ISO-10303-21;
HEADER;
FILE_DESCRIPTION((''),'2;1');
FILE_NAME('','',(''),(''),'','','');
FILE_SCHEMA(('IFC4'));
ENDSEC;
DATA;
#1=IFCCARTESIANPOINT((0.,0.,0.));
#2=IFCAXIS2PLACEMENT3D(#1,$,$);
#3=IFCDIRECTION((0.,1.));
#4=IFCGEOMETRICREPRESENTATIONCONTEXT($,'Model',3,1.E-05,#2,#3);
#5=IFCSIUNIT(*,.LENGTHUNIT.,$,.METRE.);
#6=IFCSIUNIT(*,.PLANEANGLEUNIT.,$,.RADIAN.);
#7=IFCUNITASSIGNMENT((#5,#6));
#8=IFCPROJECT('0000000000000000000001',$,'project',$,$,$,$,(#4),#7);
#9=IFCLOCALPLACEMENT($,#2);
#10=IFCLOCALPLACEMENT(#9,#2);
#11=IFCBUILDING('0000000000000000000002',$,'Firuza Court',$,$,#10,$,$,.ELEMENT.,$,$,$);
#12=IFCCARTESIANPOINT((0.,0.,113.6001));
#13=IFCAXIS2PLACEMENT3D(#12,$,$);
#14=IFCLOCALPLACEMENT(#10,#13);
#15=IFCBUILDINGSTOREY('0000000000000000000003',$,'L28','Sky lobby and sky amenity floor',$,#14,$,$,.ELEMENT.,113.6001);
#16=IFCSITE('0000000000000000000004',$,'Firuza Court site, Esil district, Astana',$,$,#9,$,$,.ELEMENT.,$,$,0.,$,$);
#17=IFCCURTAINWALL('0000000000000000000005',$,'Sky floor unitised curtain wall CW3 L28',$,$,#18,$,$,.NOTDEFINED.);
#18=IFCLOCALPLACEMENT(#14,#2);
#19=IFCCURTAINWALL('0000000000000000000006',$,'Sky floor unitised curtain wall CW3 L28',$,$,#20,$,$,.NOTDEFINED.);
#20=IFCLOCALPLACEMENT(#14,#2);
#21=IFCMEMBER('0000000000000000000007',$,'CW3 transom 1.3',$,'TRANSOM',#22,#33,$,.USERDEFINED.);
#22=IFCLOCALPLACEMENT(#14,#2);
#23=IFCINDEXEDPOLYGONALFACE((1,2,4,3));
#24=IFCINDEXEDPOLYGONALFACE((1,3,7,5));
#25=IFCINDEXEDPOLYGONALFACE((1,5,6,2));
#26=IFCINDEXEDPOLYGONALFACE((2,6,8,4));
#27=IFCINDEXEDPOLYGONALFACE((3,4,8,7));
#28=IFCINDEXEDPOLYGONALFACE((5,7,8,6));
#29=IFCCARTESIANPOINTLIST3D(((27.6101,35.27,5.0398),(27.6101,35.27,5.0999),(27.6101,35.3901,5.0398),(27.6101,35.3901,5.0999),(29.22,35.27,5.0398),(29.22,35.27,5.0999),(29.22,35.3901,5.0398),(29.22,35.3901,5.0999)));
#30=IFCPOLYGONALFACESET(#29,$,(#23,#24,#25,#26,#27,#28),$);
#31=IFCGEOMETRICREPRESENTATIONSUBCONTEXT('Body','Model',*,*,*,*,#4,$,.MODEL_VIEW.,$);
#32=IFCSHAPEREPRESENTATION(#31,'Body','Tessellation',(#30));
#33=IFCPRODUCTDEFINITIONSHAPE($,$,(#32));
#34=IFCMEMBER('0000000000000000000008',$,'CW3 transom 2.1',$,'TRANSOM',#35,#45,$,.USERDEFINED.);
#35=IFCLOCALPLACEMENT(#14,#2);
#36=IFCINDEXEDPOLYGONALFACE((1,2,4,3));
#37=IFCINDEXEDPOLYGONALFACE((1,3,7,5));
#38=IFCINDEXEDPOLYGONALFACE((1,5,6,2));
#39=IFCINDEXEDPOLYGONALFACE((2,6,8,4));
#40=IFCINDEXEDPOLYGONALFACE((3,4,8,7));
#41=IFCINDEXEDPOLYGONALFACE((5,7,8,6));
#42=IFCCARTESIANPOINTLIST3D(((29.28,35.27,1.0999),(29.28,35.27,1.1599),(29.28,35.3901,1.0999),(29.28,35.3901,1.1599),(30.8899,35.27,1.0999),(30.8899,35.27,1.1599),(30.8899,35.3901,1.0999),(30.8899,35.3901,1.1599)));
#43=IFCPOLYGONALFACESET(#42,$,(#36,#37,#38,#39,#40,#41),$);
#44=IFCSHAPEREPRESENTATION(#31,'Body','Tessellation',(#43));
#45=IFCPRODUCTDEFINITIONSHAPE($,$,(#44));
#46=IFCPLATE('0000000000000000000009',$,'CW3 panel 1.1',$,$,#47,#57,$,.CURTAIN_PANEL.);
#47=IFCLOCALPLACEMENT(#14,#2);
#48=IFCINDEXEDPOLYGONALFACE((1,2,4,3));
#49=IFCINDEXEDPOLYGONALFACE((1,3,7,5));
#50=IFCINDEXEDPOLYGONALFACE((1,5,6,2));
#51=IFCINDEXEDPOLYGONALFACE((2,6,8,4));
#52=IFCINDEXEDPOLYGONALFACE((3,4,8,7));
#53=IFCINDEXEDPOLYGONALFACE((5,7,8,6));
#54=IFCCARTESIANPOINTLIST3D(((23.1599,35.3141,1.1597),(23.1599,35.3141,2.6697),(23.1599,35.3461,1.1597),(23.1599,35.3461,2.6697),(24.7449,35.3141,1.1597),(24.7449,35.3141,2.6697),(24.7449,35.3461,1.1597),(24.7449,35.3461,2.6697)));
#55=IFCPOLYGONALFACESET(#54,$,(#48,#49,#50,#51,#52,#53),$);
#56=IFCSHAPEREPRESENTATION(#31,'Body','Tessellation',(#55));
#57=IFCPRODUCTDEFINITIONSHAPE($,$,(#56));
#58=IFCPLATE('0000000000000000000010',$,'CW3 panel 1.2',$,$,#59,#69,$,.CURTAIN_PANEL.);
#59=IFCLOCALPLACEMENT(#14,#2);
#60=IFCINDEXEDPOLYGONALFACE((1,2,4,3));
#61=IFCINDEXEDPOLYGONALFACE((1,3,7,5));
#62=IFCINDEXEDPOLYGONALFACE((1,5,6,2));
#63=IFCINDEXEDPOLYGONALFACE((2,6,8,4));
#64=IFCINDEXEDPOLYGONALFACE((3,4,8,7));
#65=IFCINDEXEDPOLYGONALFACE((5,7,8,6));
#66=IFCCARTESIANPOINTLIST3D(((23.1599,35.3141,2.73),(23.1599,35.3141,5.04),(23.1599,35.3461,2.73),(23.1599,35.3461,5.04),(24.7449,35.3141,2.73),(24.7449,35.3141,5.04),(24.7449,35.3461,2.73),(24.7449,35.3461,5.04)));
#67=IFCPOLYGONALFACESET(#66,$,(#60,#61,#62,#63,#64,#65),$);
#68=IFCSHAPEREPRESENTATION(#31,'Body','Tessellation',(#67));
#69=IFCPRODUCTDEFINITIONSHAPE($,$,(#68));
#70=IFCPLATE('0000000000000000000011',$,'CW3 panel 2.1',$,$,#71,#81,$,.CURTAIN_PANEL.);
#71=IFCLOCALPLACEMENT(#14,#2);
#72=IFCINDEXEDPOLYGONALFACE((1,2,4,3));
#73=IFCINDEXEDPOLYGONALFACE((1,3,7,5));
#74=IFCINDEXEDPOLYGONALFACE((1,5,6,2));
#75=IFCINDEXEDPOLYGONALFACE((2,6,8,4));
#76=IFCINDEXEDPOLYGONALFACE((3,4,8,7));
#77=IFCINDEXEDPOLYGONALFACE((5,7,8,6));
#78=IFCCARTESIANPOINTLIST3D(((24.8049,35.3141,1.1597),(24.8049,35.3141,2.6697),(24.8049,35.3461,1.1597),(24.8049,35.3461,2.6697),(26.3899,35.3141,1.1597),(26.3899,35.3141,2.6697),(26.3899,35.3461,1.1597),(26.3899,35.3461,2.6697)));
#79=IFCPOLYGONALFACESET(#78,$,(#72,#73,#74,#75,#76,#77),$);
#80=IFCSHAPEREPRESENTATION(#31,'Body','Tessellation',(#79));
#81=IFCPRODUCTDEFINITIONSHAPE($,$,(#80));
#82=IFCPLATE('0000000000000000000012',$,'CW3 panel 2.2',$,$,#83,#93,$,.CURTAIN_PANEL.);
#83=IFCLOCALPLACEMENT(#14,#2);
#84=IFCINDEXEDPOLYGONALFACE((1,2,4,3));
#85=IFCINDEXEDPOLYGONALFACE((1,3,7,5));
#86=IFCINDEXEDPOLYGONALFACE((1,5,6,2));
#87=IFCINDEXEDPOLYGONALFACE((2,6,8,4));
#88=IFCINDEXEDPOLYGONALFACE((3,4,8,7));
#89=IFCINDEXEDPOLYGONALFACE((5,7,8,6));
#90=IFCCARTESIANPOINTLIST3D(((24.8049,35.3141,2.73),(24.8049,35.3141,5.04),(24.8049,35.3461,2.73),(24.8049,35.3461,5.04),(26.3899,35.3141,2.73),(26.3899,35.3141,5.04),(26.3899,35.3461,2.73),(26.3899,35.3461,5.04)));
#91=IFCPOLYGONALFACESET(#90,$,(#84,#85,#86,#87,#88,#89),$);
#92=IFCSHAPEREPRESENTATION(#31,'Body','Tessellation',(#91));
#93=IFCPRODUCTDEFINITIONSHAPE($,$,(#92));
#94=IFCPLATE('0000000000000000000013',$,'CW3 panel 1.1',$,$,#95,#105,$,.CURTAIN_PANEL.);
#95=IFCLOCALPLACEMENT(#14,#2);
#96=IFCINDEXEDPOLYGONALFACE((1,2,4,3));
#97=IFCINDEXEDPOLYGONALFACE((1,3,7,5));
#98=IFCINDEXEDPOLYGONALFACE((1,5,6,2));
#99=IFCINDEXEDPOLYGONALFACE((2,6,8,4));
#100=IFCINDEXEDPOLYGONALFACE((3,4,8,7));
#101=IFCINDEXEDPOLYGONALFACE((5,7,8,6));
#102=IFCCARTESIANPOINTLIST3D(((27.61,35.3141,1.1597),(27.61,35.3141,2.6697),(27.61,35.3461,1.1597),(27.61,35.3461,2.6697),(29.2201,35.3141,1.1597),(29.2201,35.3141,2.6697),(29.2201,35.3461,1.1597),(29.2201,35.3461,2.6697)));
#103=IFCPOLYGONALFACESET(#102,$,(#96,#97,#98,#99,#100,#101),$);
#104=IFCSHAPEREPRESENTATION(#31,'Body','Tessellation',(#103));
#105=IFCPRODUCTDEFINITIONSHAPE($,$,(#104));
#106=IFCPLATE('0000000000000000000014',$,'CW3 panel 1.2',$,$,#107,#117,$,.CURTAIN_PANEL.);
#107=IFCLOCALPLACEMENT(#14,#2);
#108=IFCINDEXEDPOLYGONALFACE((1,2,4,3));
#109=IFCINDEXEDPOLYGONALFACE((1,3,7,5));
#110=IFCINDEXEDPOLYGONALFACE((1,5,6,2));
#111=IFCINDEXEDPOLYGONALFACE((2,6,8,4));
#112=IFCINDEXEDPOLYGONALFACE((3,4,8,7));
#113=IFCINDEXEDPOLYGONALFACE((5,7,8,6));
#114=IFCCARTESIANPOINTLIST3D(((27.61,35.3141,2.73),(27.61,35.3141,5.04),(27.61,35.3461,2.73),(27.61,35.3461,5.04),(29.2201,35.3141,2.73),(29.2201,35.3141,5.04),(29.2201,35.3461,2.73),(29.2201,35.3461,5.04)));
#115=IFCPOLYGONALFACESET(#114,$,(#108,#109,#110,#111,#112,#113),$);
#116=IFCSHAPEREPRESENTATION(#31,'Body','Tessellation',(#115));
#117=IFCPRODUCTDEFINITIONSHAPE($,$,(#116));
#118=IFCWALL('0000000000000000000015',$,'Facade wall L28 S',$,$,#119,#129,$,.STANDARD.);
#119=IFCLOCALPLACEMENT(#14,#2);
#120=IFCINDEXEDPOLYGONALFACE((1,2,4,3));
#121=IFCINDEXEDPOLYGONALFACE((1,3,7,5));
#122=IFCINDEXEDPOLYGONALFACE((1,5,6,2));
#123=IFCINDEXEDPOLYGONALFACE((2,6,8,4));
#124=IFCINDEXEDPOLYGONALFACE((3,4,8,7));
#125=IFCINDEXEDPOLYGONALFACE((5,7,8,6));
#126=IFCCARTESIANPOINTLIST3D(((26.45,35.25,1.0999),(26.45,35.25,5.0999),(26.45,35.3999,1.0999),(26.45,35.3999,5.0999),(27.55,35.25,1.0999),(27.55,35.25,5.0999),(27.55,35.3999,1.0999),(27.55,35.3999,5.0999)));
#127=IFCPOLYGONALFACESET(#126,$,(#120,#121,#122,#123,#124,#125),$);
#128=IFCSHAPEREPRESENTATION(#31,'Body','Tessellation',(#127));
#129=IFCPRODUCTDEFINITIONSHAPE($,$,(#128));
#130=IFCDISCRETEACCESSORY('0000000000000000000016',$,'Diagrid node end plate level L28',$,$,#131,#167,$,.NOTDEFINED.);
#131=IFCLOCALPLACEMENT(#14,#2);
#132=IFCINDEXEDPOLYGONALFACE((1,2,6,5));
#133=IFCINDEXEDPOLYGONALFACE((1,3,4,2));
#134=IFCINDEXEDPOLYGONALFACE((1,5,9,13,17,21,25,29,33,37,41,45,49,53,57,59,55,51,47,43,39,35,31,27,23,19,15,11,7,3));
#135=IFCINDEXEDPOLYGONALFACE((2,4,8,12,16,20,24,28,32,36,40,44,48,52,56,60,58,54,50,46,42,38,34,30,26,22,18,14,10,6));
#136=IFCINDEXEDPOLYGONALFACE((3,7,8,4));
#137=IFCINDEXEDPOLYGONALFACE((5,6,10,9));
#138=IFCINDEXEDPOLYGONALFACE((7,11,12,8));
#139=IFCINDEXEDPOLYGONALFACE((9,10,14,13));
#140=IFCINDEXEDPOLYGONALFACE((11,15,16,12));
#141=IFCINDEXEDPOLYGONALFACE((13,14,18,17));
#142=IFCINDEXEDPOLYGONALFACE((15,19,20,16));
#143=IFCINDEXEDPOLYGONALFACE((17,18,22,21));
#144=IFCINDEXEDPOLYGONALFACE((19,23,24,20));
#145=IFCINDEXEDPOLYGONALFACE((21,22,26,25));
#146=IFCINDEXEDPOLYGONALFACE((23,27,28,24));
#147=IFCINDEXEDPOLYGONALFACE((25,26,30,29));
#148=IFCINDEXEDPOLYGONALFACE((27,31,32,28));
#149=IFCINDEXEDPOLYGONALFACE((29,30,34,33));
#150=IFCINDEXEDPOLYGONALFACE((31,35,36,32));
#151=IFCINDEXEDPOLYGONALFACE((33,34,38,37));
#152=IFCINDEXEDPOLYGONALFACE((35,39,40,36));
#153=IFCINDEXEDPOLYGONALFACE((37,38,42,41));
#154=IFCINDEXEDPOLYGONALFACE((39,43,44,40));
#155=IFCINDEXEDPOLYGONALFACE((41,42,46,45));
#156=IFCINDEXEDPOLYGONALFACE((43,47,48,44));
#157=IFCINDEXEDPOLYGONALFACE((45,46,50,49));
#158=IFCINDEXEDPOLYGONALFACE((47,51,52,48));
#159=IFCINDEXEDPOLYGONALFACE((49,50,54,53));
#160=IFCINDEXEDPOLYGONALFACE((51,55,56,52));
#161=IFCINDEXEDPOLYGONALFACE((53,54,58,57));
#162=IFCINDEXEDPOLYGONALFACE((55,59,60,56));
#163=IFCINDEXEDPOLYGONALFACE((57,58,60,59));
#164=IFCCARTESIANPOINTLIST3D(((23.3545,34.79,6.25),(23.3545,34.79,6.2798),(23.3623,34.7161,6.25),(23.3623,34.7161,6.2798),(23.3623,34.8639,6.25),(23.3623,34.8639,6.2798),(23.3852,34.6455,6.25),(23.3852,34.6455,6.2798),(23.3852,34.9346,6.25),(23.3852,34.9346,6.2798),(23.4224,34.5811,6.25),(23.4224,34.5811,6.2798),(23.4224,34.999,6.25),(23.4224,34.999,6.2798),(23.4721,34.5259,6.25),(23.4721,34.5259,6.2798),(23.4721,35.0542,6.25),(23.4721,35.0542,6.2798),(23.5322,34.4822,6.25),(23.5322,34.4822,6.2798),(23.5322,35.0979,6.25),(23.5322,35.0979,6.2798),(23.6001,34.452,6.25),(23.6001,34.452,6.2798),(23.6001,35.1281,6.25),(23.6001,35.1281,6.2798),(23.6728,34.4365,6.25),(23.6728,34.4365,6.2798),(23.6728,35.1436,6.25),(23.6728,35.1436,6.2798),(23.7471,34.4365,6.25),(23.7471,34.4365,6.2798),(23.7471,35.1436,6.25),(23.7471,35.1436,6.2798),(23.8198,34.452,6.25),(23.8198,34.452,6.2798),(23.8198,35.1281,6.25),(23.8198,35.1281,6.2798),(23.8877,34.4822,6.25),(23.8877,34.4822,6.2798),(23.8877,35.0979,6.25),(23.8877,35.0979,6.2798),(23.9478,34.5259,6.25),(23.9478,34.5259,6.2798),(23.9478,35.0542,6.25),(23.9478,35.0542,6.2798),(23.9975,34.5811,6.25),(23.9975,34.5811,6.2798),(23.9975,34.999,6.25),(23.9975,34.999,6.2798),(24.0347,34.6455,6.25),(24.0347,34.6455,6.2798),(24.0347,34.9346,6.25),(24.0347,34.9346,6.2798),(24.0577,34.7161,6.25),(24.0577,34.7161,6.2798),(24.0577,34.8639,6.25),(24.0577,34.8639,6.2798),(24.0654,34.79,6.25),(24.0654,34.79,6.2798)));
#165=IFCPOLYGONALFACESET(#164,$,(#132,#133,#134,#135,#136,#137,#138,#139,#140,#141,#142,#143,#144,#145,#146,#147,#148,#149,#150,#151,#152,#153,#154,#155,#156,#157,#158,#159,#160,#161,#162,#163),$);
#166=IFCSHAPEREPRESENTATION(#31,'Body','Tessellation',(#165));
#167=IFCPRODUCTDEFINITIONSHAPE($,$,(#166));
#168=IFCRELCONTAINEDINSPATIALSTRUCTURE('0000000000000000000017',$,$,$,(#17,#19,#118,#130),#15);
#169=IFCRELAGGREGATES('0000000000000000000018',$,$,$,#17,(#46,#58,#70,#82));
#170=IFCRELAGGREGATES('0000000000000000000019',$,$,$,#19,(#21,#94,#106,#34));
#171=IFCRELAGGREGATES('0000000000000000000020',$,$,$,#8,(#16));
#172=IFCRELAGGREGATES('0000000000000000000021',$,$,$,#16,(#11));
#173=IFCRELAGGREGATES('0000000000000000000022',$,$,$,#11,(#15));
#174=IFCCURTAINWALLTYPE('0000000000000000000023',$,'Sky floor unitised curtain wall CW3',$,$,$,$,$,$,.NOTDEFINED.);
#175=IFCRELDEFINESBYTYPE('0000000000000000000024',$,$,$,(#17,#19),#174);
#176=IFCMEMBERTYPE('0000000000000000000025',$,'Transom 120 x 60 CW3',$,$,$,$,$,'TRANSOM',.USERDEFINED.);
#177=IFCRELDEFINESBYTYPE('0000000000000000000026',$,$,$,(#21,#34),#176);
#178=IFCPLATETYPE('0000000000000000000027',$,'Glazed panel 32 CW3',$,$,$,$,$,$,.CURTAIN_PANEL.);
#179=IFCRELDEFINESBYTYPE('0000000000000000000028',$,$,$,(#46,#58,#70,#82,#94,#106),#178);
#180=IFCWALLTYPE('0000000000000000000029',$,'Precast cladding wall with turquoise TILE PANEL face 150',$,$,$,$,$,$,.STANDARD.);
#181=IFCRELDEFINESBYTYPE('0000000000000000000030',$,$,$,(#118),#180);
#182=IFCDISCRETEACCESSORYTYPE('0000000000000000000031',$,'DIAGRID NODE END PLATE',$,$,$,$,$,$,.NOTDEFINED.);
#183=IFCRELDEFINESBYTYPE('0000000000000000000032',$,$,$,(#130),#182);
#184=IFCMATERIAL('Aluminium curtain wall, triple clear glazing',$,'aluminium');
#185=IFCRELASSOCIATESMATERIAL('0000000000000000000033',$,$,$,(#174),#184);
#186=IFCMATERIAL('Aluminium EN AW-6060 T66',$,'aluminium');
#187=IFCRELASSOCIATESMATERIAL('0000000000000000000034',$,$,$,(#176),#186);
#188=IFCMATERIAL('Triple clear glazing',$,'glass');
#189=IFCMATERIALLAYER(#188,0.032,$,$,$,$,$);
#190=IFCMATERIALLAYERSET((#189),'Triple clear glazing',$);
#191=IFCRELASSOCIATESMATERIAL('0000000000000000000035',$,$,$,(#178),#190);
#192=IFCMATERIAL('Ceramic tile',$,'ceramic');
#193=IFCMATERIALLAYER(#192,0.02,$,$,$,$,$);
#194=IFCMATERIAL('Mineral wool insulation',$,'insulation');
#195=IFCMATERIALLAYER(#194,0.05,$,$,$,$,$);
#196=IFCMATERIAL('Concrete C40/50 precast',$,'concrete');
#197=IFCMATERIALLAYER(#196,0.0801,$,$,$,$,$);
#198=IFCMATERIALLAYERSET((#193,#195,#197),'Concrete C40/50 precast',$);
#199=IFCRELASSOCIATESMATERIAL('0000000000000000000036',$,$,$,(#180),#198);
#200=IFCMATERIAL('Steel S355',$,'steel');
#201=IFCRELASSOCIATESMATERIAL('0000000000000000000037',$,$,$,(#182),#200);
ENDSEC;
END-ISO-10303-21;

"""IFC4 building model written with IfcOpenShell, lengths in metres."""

from ifc_helpers import new_model, si_unit, direction, frame, frame_2d, origin, origin_2d, place, context, subcontext, project, spatial, rectangle, circle, extrude, material, layer, layer_set, material_profile, profile_set, type_object, element, aggregate, save


model = new_model("IFC4")

# Units and contexts
model_context = context("Model", 3, precision=1e-05, world=origin(), true_north=direction((0.0, 1.0)))
body_context = subcontext(model_context, "Body", "Model", "MODEL_VIEW")
ifc_project = project(units=[si_unit("LENGTHUNIT", "METRE"), si_unit("PLANEANGLEUNIT", "RADIAN")], contexts=[model_context])

# Site, building, storey
site_placement = place(None, origin())
site = spatial("IfcSite", under=ifc_project, at=site_placement, Name="Firuza Court site, Esil district, Astana", CompositionType="ELEMENT", RefElevation=0.0)
building_placement = place(site_placement, origin())
building = spatial("IfcBuilding", under=site, at=building_placement, Name="Firuza Court", CompositionType="ELEMENT")
storey_placement = place(building_placement, frame((0.0, 0.0, 113.6001)))
storey = spatial("IfcBuildingStorey", under=building, at=storey_placement, Name="L28", Description="Sky lobby and sky amenity floor", CompositionType="ELEMENT", Elevation=113.6001)

# Curtain walls
ifc_material_1 = material(Name="Aluminium curtain wall, triple clear glazing", Category="aluminium")
curtain_wall_type = type_object("IfcCurtainWallType", Name="Sky floor unitised curtain wall CW3", PredefinedType="NOTDEFINED", material=ifc_material_1)
curtain_wall_1_placement = place(storey_placement, origin())
curtain_wall_1 = element("IfcCurtainWall", 1, at=curtain_wall_1_placement, inside=storey, type_object=curtain_wall_type, Name="Sky floor unitised curtain wall CW3 L28", PredefinedType="NOTDEFINED")
curtain_wall_2_placement = place(storey_placement, origin())
curtain_wall_2 = element("IfcCurtainWall", 2, at=curtain_wall_2_placement, inside=storey, type_object=curtain_wall_type, Name="Sky floor unitised curtain wall CW3 L28", PredefinedType="NOTDEFINED")

# Members
ifc_material_2 = material(Name="Aluminium EN AW-6060 T66", Category="aluminium")
ifc_material_profile_1 = material_profile(ifc_material_2, rectangle(XDim=0.1201, YDim=0.0601, at=origin_2d()), Name="Transom 120 x 60 CW3")
ifc_profile_set_1 = profile_set([ifc_material_profile_1], Name="Aluminium EN AW-6060 T66")
member_type_1 = type_object("IfcMemberType", Name="Transom 120 x 60 CW3", ElementType="TRANSOM", PredefinedType="USERDEFINED", material=ifc_profile_set_1)
member_1_placement = place(storey_placement, frame((27.6101, 35.3301, 5.0698), z_axis=(1.0, 0.0, 0.0), x_axis=(0.0, 1.0, 0.0)))
member_1 = element("IfcMember", 3, at=member_1_placement, type_object=member_type_1, Name="CW3 transom 1.3", ObjectType="TRANSOM", PredefinedType="USERDEFINED", context=body_context, shape_type="SweptSolid", body=[
    extrude(rectangle(XDim=0.1201, YDim=0.0601, at=origin_2d()), origin(), (0.0, 0.0, 1.0), 1.6099),
])
member_2_placement = place(storey_placement, frame((29.28, 35.3301, 1.1299), z_axis=(1.0, 0.0, 0.0), x_axis=(0.0, 1.0, 0.0)))
member_2 = element("IfcMember", 4, at=member_2_placement, type_object=member_type_1, Name="CW3 transom 2.1", ObjectType="TRANSOM", PredefinedType="USERDEFINED", context=body_context, shape_type="SweptSolid", body=[
    extrude(rectangle(XDim=0.1201, YDim=0.0601, at=origin_2d()), origin(), (0.0, 0.0, 1.0), 1.6099),
])

# Plates
ifc_material_3 = material(Name="Triple clear glazing", Category="glass")
ifc_layer_1 = layer(ifc_material_3, 0.032)
ifc_layer_set_1 = layer_set([ifc_layer_1], Name="Triple clear glazing")
plate_type = type_object("IfcPlateType", Name="Glazed panel 32 CW3", PredefinedType="CURTAIN_PANEL", material=ifc_layer_set_1)
plate_1_placement = place(storey_placement, frame((23.9524, 35.3301, 1.1597), z_axis=(0.0, 0.0, 1.0), x_axis=(1.0, 0.0, 0.0)))
plate_1 = element("IfcPlate", 5, at=plate_1_placement, type_object=plate_type, Name="CW3 panel 1.1", PredefinedType="CURTAIN_PANEL", context=body_context, shape_type="SweptSolid", body=[
    extrude(rectangle(XDim=1.585, YDim=0.032, at=origin_2d()), origin(), (0.0, 0.0, 1.0), 1.51),
])
plate_2_placement = place(storey_placement, frame((23.9524, 35.3301, 2.73), z_axis=(0.0, 0.0, 1.0), x_axis=(1.0, 0.0, 0.0)))
plate_2 = element("IfcPlate", 6, at=plate_2_placement, type_object=plate_type, Name="CW3 panel 1.2", PredefinedType="CURTAIN_PANEL", context=body_context, shape_type="SweptSolid", body=[
    extrude(rectangle(XDim=1.585, YDim=0.032, at=origin_2d()), origin(), (0.0, 0.0, 1.0), 2.3101),
])
plate_3_placement = place(storey_placement, frame((25.5974, 35.3301, 1.1597), z_axis=(0.0, 0.0, 1.0), x_axis=(1.0, 0.0, 0.0)))
plate_3 = element("IfcPlate", 7, at=plate_3_placement, type_object=plate_type, Name="CW3 panel 2.1", PredefinedType="CURTAIN_PANEL", context=body_context, shape_type="SweptSolid", body=[
    extrude(rectangle(XDim=1.585, YDim=0.032, at=origin_2d()), origin(), (0.0, 0.0, 1.0), 1.51),
])
plate_4_placement = place(storey_placement, frame((25.5974, 35.3301, 2.73), z_axis=(0.0, 0.0, 1.0), x_axis=(1.0, 0.0, 0.0)))
plate_4 = element("IfcPlate", 8, at=plate_4_placement, type_object=plate_type, Name="CW3 panel 2.2", PredefinedType="CURTAIN_PANEL", context=body_context, shape_type="SweptSolid", body=[
    extrude(rectangle(XDim=1.585, YDim=0.032, at=origin_2d()), origin(), (0.0, 0.0, 1.0), 2.3101),
])
aggregate(curtain_wall_1, [plate_1, plate_2, plate_3, plate_4])
plate_5_placement = place(storey_placement, frame((28.415, 35.3301, 1.1597), z_axis=(0.0, 0.0, 1.0), x_axis=(1.0, 0.0, 0.0)))
plate_5 = element("IfcPlate", 9, at=plate_5_placement, type_object=plate_type, Name="CW3 panel 1.1", PredefinedType="CURTAIN_PANEL", context=body_context, shape_type="SweptSolid", body=[
    extrude(rectangle(XDim=1.6101, YDim=0.032, at=origin_2d()), origin(), (0.0, 0.0, 1.0), 1.51),
])
plate_6_placement = place(storey_placement, frame((28.415, 35.3301, 2.73), z_axis=(0.0, 0.0, 1.0), x_axis=(1.0, 0.0, 0.0)))
plate_6 = element("IfcPlate", 10, at=plate_6_placement, type_object=plate_type, Name="CW3 panel 1.2", PredefinedType="CURTAIN_PANEL", context=body_context, shape_type="SweptSolid", body=[
    extrude(rectangle(XDim=1.6101, YDim=0.032, at=origin_2d()), origin(), (0.0, 0.0, 1.0), 2.3101),
])
aggregate(curtain_wall_2, [member_1, plate_5, plate_6, member_2])

# Wall
ifc_material_4 = material(Name="Ceramic tile", Category="ceramic")
ifc_layer_2 = layer(ifc_material_4, 0.02)
ifc_material_5 = material(Name="Mineral wool insulation", Category="insulation")
ifc_layer_3 = layer(ifc_material_5, 0.05)
ifc_material_6 = material(Name="Concrete C40/50 precast", Category="concrete")
ifc_layer_4 = layer(ifc_material_6, 0.0801)
ifc_layer_set_2 = layer_set([ifc_layer_2, ifc_layer_3, ifc_layer_4], Name="Concrete C40/50 precast")
wall_type = type_object("IfcWallType", Name="Precast cladding wall with turquoise TILE PANEL face 150", PredefinedType="STANDARD", material=ifc_layer_set_2)
wall_placement = place(storey_placement, frame((26.45, 35.325, 1.0999), z_axis=(0.0, 0.0, 1.0), x_axis=(1.0, 0.0, 0.0)))
element("IfcWall", 11, at=wall_placement, inside=storey, type_object=wall_type, Name="Facade wall L28 S", PredefinedType="STANDARD", context=body_context, shape_type="SweptSolid", body=[
    extrude(rectangle(XDim=1.1001, YDim=0.1499, at=frame_2d((0.55, 0.0))), origin(), (0.0, 0.0, 1.0), 4.0),
])

# Discrete accessory
ifc_material_7 = material(Name="Steel S355", Category="steel")
ifc_material_profile_2 = material_profile(ifc_material_7, circle(Radius=0.3555, at=origin_2d()), Name="PL D711")
ifc_profile_set_2 = profile_set([ifc_material_profile_2], Name="Steel S355")
discrete_accessory_type = type_object("IfcDiscreteAccessoryType", Name="DIAGRID NODE END PLATE", PredefinedType="NOTDEFINED", material=ifc_profile_set_2)
discrete_accessory_1_placement = place(storey_placement, frame((23.71, 34.79, 6.25), z_axis=(0.0, 0.0, 1.0), x_axis=(1.0, 0.0, 0.0)))
element("IfcDiscreteAccessory", 12, at=discrete_accessory_1_placement, inside=storey, type_object=discrete_accessory_type, Name="Diagrid node end plate level L28", PredefinedType="NOTDEFINED", context=body_context, shape_type="SweptSolid", body=[
    extrude(circle(Radius=0.3555, at=origin_2d()), origin(), (0.0, 0.0, 1.0), 0.0298),
])

save(model, "model.ifc")
